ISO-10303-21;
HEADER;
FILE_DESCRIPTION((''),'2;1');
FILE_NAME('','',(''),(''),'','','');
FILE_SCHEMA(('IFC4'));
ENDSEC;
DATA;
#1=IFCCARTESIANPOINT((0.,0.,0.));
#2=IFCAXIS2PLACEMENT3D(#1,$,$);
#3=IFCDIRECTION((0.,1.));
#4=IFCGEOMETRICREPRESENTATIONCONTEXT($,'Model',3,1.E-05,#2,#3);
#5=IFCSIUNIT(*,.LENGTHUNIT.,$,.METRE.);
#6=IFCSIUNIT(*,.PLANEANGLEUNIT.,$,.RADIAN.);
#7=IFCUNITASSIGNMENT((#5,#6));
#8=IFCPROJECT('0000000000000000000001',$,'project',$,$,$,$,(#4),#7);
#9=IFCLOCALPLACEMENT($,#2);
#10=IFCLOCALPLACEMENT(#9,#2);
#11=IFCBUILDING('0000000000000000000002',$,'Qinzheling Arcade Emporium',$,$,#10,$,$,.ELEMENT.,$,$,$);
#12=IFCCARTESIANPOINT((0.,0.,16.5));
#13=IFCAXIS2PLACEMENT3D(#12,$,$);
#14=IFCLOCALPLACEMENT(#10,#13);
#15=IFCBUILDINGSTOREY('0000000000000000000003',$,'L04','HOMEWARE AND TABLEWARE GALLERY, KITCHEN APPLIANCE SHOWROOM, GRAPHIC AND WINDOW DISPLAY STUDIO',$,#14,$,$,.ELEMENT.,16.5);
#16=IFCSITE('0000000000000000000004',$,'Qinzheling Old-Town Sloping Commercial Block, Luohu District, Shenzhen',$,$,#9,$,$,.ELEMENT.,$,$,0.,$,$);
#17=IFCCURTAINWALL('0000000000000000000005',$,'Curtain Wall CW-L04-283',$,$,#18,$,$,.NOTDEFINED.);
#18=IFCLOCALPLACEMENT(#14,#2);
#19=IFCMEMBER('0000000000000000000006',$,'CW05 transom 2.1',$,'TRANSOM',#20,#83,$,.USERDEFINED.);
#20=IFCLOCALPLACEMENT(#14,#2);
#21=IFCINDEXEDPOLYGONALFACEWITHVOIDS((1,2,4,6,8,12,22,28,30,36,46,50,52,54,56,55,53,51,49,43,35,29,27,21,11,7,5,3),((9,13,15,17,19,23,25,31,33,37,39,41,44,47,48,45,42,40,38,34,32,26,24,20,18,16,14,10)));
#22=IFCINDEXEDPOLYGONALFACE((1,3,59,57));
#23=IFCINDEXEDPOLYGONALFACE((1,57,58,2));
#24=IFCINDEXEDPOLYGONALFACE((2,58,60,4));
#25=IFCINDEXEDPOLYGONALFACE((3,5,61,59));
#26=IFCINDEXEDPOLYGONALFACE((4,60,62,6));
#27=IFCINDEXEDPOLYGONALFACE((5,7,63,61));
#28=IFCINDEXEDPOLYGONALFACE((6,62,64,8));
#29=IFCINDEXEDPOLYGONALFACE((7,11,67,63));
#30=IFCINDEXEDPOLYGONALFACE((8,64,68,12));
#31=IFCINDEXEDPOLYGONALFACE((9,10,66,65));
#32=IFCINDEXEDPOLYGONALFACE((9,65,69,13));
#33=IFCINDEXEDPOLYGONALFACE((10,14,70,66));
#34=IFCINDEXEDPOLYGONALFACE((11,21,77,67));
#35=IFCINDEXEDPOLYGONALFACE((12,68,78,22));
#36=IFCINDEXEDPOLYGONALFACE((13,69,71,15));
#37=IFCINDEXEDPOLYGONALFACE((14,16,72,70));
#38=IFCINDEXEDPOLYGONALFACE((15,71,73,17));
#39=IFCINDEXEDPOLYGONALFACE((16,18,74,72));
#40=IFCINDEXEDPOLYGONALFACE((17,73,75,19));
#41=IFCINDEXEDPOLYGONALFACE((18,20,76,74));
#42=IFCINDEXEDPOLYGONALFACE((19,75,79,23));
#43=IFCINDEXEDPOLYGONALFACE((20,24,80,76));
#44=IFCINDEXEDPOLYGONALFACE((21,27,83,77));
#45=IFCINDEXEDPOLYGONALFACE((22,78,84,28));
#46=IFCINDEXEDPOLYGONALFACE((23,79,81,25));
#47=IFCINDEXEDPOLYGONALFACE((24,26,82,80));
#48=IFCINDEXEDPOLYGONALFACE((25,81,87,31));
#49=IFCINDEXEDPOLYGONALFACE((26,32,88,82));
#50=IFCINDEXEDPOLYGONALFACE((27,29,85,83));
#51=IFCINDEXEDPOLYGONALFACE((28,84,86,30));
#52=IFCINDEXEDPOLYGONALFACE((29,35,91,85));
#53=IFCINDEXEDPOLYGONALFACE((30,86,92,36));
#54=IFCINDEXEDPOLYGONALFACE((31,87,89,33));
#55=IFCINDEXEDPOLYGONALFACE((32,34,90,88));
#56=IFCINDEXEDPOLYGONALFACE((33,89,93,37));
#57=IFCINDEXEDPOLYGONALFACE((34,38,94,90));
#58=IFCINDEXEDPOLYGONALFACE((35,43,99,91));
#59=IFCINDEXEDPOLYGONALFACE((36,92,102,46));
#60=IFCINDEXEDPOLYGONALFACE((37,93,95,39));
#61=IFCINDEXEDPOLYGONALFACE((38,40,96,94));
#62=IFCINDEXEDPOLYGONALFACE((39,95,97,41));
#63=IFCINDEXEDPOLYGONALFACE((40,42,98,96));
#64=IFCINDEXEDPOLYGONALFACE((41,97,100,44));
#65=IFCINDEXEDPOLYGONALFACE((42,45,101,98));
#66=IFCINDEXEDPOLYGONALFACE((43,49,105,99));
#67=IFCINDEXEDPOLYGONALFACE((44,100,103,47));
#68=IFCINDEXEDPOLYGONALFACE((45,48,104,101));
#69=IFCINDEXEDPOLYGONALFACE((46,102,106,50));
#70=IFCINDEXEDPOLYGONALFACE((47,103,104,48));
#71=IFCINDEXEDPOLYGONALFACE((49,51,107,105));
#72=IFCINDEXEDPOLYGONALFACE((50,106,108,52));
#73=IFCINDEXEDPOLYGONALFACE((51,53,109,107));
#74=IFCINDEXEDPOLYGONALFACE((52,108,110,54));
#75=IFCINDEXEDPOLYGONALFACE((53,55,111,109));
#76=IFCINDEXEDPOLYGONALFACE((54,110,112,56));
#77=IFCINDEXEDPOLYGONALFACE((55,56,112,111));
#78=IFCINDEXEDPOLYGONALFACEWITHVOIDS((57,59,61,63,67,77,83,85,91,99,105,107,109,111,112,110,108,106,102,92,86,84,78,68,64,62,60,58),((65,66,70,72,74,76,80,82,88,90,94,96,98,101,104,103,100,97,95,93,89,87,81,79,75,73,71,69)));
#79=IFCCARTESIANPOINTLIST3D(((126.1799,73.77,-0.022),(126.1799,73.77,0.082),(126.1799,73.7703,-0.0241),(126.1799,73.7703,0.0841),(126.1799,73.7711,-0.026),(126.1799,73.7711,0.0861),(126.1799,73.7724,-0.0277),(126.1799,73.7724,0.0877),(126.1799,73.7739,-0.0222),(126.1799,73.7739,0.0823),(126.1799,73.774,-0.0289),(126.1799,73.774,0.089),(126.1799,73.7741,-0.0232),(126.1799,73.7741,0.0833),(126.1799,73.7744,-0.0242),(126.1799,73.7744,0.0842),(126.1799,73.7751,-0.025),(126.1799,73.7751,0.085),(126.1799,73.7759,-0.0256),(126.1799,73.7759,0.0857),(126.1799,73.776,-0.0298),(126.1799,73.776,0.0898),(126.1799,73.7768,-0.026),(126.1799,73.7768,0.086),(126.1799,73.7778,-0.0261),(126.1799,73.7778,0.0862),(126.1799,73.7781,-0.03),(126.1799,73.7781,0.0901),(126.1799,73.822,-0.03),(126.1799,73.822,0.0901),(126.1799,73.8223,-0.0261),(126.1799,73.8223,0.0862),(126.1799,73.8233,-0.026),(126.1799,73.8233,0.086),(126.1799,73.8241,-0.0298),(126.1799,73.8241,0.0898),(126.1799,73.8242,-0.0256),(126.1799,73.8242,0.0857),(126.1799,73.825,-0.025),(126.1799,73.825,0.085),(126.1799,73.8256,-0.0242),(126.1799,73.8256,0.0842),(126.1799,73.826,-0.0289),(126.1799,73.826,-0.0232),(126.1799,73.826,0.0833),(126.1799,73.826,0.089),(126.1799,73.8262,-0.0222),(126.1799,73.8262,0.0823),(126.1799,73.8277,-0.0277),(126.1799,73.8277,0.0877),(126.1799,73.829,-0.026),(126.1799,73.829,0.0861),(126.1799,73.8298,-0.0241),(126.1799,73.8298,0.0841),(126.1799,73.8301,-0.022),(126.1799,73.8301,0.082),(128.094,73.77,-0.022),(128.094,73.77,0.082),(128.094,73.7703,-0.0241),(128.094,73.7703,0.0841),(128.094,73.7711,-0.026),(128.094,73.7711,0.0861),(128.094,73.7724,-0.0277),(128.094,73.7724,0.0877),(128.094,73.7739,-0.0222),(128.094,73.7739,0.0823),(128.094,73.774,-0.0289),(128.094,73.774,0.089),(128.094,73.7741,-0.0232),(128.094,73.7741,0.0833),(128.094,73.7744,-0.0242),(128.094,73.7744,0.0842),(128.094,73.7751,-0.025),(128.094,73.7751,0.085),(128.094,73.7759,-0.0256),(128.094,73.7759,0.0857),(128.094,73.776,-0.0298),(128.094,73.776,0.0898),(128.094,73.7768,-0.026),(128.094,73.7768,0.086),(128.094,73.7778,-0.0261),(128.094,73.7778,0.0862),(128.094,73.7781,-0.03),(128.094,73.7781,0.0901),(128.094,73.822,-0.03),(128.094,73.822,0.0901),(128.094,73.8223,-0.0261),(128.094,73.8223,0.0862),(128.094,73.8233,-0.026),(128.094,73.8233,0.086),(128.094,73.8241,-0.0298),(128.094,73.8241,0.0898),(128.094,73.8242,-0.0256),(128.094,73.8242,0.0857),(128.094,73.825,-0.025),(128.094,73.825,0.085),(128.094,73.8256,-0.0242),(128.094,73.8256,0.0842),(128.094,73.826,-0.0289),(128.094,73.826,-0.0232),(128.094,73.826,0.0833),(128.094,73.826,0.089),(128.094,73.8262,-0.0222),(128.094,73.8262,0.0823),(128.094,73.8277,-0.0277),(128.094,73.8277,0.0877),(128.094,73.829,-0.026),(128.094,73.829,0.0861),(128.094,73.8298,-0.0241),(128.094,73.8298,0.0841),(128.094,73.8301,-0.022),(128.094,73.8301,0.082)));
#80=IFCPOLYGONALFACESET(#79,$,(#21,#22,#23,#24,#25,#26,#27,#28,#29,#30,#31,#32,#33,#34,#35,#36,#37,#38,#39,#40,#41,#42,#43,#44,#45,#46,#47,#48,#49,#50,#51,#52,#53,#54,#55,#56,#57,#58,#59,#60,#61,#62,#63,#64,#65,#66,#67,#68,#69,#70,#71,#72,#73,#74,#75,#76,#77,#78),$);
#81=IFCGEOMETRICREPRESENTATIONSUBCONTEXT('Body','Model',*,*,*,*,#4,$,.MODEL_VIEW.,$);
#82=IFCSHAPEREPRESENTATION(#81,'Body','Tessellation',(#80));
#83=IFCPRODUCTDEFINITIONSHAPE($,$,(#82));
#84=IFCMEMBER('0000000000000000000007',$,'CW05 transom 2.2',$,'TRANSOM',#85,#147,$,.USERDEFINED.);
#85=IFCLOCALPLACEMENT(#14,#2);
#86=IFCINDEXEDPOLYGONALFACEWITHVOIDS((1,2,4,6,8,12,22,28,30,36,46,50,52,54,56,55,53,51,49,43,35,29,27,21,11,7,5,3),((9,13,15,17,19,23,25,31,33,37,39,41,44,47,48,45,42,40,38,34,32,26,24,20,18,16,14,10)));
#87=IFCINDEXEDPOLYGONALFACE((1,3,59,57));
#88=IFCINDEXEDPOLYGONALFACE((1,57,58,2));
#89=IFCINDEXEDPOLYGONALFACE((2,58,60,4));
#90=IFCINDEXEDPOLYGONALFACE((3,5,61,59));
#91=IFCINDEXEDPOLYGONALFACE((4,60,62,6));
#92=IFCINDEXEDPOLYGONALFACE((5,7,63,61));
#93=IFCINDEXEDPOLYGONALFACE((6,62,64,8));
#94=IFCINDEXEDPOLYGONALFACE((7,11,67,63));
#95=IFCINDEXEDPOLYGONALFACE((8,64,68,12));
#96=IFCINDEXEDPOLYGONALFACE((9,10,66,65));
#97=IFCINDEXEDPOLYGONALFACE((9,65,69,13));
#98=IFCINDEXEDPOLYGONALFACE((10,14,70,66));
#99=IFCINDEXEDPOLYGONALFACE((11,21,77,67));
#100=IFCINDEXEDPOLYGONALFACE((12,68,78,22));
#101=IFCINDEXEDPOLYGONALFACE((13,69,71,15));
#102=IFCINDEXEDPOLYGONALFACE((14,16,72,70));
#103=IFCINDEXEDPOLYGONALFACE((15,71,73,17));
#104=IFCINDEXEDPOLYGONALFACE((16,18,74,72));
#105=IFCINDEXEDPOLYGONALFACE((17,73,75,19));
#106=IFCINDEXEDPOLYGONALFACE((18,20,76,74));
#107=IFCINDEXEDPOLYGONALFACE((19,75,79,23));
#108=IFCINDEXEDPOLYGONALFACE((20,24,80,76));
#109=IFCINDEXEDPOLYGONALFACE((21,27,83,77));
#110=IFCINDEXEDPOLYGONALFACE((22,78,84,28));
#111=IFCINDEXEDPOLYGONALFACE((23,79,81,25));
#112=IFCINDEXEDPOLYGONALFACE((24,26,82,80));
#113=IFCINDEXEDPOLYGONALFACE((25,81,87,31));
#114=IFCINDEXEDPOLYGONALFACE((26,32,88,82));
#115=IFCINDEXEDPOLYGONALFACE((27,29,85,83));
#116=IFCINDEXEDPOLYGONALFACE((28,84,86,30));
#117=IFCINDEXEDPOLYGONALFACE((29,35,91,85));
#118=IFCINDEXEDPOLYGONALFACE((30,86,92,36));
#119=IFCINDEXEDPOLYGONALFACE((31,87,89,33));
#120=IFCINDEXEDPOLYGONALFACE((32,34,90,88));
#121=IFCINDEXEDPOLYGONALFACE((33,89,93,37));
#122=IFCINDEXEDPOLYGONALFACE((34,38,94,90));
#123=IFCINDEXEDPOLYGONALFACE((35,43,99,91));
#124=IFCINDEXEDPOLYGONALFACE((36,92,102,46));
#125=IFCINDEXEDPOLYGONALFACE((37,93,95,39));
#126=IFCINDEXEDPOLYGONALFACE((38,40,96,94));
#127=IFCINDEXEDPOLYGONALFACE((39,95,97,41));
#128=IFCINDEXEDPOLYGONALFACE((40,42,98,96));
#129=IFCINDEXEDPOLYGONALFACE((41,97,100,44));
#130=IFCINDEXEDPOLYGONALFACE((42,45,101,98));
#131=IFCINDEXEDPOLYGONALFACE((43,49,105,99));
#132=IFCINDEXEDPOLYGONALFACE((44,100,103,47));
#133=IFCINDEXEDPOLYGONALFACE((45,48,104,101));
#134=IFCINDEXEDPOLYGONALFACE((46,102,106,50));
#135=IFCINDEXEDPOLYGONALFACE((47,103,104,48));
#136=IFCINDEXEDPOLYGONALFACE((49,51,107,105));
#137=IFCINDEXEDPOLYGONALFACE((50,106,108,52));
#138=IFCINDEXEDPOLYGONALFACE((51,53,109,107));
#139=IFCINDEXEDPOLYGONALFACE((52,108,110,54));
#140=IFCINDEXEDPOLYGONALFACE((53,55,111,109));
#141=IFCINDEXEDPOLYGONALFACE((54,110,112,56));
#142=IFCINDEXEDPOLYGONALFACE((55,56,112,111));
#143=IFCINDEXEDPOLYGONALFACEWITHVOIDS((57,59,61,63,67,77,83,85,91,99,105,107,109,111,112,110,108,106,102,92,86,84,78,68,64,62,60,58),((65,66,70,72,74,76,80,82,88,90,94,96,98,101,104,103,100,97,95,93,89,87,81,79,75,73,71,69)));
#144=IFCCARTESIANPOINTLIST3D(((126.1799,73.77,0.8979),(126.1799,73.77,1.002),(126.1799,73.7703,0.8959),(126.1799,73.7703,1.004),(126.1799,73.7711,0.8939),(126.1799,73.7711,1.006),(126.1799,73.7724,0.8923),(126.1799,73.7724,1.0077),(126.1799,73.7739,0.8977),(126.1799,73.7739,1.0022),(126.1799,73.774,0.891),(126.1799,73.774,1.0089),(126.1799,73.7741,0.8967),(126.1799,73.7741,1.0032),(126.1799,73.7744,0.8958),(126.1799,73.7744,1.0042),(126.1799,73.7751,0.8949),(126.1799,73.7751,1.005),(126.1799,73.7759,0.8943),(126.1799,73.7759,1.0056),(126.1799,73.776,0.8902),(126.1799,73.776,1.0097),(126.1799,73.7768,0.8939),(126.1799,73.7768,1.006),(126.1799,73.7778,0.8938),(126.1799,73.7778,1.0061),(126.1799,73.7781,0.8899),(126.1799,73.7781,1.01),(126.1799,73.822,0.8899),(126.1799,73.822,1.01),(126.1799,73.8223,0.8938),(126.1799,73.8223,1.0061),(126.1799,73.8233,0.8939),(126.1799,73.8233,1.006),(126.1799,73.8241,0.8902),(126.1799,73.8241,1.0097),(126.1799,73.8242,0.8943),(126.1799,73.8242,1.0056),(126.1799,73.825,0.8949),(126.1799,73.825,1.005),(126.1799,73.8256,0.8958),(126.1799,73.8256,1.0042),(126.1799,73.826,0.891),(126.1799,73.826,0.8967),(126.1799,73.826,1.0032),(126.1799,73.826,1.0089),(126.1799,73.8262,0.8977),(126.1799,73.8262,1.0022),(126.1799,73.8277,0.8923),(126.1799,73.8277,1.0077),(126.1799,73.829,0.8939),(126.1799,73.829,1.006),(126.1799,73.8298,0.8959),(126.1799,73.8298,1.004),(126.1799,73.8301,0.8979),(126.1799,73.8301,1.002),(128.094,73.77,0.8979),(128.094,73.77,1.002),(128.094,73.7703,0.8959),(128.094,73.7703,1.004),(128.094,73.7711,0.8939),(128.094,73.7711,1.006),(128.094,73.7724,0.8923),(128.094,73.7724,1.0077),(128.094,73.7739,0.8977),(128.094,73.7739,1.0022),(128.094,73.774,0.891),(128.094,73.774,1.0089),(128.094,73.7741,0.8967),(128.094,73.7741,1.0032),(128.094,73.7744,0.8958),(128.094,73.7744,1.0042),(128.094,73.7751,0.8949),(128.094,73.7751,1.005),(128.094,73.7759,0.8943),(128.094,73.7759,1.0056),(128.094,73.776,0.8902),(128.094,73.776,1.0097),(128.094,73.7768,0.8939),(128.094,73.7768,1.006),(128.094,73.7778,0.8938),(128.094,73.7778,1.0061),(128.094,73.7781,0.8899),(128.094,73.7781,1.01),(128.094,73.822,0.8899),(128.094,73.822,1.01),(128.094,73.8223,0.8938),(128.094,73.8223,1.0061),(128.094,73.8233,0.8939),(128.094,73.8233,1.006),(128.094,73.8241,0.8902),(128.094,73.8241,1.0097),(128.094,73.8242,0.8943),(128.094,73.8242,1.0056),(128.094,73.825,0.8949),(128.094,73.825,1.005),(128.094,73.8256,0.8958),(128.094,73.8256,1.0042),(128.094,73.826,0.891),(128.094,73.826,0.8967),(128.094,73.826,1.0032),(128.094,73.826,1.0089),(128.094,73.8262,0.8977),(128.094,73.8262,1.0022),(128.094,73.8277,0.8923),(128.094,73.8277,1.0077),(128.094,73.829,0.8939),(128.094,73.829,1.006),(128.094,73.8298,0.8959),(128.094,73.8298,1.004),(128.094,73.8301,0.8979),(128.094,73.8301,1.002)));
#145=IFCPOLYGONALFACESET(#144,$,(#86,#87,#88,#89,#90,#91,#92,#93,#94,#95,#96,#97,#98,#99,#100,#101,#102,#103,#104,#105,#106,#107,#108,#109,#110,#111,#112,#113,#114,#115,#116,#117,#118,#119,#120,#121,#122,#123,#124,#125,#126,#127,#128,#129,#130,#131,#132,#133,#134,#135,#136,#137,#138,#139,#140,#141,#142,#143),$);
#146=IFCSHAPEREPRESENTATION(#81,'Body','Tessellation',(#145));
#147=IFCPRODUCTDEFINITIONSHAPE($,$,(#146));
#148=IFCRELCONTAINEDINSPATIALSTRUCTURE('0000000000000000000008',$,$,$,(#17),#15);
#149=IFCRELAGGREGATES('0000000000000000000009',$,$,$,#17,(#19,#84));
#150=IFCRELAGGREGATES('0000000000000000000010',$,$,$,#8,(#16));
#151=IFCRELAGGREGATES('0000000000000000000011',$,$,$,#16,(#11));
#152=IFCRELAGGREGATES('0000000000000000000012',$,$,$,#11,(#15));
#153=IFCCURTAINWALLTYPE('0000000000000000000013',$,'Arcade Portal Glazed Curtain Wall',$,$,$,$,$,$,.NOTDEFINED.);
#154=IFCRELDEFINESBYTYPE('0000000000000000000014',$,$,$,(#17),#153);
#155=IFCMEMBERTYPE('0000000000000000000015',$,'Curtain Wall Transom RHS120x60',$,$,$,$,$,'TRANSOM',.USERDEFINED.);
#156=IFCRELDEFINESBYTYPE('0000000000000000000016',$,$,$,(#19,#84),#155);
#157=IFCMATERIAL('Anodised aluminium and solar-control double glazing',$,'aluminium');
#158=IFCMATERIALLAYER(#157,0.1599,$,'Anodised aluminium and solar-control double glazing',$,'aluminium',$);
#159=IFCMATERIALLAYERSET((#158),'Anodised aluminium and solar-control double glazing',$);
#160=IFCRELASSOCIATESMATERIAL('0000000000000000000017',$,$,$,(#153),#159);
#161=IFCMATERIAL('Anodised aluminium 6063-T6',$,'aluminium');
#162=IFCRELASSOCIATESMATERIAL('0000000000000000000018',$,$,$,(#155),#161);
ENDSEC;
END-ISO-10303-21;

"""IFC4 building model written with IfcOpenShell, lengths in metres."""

from ifc_helpers import new_model, si_unit, direction, frame, origin, origin_2d, place, context, subcontext, project, spatial, hollow_rectangle, extrude, material, layer, layer_set, material_profile, profile_set, type_object, element, aggregate, save


model = new_model("IFC4")

# Units and contexts
model_context = context("Model", 3, precision=1e-05, world=origin(), true_north=direction((0.0, 1.0)))
body_context = subcontext(model_context, "Body", "Model", "MODEL_VIEW")
ifc_project = project(units=[si_unit("LENGTHUNIT", "METRE"), si_unit("PLANEANGLEUNIT", "RADIAN")], contexts=[model_context])

# Site, building, storey
site_placement = place(None, origin())
site = spatial("IfcSite", under=ifc_project, at=site_placement, Name="Qinzheling Old-Town Sloping Commercial Block, Luohu District, Shenzhen", CompositionType="ELEMENT", RefElevation=0.0)
building_placement = place(site_placement, origin())
building = spatial("IfcBuilding", under=site, at=building_placement, Name="Qinzheling Arcade Emporium", CompositionType="ELEMENT")
storey_placement = place(building_placement, frame((0.0, 0.0, 16.5)))
storey = spatial("IfcBuildingStorey", under=building, at=storey_placement, Name="L04", Description="HOMEWARE AND TABLEWARE GALLERY, KITCHEN APPLIANCE SHOWROOM, GRAPHIC AND WINDOW DISPLAY STUDIO", CompositionType="ELEMENT", Elevation=16.5)

# Shared definitions
ifc_material_1 = material(Name="Anodised aluminium and solar-control double glazing", Category="aluminium")
ifc_layer_1 = layer(ifc_material_1, 0.1599, Name="Anodised aluminium and solar-control double glazing", Category="aluminium")
ifc_layer_set_1 = layer_set([ifc_layer_1], Name="Anodised aluminium and solar-control double glazing")
curtain_wall_type = type_object("IfcCurtainWallType", Name="Arcade Portal Glazed Curtain Wall", PredefinedType="NOTDEFINED", material=ifc_layer_set_1)
ifc_material_2 = material(Name="Anodised aluminium 6063-T6", Category="aluminium")

# Curtain wall, members
curtain_wall_1_placement = place(storey_placement, origin())
curtain_wall_1 = element("IfcCurtainWall", 1, at=curtain_wall_1_placement, inside=storey, type_object=curtain_wall_type, Name="Curtain Wall CW-L04-283", PredefinedType="NOTDEFINED")
ifc_material_profile_1 = material_profile(ifc_material_2, hollow_rectangle(XDim=0.0601, YDim=0.1201, WallThickness=0.0039, InnerFilletRadius=0.0039, OuterFilletRadius=0.0081, at=origin_2d()), Name="RHS 120x60x4", Category="aluminium")
ifc_profile_set_1 = profile_set([ifc_material_profile_1], Name="Anodised aluminium 6063-T6")
member_type_1 = type_object("IfcMemberType", Name="Curtain Wall Transom RHS120x60", ElementType="TRANSOM", PredefinedType="USERDEFINED", material=ifc_profile_set_1)
member_1_placement = place(storey_placement, frame((128.094, 73.8, 0.03), z_axis=(-1.0, 0.0, 0.0), x_axis=(0.0, -1.0, 0.0)))
member_1 = element("IfcMember", 2, at=member_1_placement, type_object=member_type_1, Name="CW05 transom 2.1", ObjectType="TRANSOM", PredefinedType="USERDEFINED", context=body_context, shape_type="SweptSolid", body=[
    extrude(hollow_rectangle(XDim=0.0601, YDim=0.1201, WallThickness=0.0039, InnerFilletRadius=0.0039, OuterFilletRadius=0.0081, at=origin_2d()), origin(), (0.0, 0.0, 1.0), 1.9141),
])
member_2_placement = place(storey_placement, frame((128.094, 73.8, 0.95), z_axis=(-1.0, 0.0, 0.0), x_axis=(0.0, -1.0, 0.0)))
member_2 = element("IfcMember", 3, at=member_2_placement, type_object=member_type_1, Name="CW05 transom 2.2", ObjectType="TRANSOM", PredefinedType="USERDEFINED", context=body_context, shape_type="SweptSolid", body=[
    extrude(hollow_rectangle(XDim=0.0601, YDim=0.1201, WallThickness=0.0039, InnerFilletRadius=0.0039, OuterFilletRadius=0.0081, at=origin_2d()), origin(), (0.0, 0.0, 1.0), 1.9141),
])

aggregate(curtain_wall_1, [member_1, member_2])

save(model, "model.ifc")
